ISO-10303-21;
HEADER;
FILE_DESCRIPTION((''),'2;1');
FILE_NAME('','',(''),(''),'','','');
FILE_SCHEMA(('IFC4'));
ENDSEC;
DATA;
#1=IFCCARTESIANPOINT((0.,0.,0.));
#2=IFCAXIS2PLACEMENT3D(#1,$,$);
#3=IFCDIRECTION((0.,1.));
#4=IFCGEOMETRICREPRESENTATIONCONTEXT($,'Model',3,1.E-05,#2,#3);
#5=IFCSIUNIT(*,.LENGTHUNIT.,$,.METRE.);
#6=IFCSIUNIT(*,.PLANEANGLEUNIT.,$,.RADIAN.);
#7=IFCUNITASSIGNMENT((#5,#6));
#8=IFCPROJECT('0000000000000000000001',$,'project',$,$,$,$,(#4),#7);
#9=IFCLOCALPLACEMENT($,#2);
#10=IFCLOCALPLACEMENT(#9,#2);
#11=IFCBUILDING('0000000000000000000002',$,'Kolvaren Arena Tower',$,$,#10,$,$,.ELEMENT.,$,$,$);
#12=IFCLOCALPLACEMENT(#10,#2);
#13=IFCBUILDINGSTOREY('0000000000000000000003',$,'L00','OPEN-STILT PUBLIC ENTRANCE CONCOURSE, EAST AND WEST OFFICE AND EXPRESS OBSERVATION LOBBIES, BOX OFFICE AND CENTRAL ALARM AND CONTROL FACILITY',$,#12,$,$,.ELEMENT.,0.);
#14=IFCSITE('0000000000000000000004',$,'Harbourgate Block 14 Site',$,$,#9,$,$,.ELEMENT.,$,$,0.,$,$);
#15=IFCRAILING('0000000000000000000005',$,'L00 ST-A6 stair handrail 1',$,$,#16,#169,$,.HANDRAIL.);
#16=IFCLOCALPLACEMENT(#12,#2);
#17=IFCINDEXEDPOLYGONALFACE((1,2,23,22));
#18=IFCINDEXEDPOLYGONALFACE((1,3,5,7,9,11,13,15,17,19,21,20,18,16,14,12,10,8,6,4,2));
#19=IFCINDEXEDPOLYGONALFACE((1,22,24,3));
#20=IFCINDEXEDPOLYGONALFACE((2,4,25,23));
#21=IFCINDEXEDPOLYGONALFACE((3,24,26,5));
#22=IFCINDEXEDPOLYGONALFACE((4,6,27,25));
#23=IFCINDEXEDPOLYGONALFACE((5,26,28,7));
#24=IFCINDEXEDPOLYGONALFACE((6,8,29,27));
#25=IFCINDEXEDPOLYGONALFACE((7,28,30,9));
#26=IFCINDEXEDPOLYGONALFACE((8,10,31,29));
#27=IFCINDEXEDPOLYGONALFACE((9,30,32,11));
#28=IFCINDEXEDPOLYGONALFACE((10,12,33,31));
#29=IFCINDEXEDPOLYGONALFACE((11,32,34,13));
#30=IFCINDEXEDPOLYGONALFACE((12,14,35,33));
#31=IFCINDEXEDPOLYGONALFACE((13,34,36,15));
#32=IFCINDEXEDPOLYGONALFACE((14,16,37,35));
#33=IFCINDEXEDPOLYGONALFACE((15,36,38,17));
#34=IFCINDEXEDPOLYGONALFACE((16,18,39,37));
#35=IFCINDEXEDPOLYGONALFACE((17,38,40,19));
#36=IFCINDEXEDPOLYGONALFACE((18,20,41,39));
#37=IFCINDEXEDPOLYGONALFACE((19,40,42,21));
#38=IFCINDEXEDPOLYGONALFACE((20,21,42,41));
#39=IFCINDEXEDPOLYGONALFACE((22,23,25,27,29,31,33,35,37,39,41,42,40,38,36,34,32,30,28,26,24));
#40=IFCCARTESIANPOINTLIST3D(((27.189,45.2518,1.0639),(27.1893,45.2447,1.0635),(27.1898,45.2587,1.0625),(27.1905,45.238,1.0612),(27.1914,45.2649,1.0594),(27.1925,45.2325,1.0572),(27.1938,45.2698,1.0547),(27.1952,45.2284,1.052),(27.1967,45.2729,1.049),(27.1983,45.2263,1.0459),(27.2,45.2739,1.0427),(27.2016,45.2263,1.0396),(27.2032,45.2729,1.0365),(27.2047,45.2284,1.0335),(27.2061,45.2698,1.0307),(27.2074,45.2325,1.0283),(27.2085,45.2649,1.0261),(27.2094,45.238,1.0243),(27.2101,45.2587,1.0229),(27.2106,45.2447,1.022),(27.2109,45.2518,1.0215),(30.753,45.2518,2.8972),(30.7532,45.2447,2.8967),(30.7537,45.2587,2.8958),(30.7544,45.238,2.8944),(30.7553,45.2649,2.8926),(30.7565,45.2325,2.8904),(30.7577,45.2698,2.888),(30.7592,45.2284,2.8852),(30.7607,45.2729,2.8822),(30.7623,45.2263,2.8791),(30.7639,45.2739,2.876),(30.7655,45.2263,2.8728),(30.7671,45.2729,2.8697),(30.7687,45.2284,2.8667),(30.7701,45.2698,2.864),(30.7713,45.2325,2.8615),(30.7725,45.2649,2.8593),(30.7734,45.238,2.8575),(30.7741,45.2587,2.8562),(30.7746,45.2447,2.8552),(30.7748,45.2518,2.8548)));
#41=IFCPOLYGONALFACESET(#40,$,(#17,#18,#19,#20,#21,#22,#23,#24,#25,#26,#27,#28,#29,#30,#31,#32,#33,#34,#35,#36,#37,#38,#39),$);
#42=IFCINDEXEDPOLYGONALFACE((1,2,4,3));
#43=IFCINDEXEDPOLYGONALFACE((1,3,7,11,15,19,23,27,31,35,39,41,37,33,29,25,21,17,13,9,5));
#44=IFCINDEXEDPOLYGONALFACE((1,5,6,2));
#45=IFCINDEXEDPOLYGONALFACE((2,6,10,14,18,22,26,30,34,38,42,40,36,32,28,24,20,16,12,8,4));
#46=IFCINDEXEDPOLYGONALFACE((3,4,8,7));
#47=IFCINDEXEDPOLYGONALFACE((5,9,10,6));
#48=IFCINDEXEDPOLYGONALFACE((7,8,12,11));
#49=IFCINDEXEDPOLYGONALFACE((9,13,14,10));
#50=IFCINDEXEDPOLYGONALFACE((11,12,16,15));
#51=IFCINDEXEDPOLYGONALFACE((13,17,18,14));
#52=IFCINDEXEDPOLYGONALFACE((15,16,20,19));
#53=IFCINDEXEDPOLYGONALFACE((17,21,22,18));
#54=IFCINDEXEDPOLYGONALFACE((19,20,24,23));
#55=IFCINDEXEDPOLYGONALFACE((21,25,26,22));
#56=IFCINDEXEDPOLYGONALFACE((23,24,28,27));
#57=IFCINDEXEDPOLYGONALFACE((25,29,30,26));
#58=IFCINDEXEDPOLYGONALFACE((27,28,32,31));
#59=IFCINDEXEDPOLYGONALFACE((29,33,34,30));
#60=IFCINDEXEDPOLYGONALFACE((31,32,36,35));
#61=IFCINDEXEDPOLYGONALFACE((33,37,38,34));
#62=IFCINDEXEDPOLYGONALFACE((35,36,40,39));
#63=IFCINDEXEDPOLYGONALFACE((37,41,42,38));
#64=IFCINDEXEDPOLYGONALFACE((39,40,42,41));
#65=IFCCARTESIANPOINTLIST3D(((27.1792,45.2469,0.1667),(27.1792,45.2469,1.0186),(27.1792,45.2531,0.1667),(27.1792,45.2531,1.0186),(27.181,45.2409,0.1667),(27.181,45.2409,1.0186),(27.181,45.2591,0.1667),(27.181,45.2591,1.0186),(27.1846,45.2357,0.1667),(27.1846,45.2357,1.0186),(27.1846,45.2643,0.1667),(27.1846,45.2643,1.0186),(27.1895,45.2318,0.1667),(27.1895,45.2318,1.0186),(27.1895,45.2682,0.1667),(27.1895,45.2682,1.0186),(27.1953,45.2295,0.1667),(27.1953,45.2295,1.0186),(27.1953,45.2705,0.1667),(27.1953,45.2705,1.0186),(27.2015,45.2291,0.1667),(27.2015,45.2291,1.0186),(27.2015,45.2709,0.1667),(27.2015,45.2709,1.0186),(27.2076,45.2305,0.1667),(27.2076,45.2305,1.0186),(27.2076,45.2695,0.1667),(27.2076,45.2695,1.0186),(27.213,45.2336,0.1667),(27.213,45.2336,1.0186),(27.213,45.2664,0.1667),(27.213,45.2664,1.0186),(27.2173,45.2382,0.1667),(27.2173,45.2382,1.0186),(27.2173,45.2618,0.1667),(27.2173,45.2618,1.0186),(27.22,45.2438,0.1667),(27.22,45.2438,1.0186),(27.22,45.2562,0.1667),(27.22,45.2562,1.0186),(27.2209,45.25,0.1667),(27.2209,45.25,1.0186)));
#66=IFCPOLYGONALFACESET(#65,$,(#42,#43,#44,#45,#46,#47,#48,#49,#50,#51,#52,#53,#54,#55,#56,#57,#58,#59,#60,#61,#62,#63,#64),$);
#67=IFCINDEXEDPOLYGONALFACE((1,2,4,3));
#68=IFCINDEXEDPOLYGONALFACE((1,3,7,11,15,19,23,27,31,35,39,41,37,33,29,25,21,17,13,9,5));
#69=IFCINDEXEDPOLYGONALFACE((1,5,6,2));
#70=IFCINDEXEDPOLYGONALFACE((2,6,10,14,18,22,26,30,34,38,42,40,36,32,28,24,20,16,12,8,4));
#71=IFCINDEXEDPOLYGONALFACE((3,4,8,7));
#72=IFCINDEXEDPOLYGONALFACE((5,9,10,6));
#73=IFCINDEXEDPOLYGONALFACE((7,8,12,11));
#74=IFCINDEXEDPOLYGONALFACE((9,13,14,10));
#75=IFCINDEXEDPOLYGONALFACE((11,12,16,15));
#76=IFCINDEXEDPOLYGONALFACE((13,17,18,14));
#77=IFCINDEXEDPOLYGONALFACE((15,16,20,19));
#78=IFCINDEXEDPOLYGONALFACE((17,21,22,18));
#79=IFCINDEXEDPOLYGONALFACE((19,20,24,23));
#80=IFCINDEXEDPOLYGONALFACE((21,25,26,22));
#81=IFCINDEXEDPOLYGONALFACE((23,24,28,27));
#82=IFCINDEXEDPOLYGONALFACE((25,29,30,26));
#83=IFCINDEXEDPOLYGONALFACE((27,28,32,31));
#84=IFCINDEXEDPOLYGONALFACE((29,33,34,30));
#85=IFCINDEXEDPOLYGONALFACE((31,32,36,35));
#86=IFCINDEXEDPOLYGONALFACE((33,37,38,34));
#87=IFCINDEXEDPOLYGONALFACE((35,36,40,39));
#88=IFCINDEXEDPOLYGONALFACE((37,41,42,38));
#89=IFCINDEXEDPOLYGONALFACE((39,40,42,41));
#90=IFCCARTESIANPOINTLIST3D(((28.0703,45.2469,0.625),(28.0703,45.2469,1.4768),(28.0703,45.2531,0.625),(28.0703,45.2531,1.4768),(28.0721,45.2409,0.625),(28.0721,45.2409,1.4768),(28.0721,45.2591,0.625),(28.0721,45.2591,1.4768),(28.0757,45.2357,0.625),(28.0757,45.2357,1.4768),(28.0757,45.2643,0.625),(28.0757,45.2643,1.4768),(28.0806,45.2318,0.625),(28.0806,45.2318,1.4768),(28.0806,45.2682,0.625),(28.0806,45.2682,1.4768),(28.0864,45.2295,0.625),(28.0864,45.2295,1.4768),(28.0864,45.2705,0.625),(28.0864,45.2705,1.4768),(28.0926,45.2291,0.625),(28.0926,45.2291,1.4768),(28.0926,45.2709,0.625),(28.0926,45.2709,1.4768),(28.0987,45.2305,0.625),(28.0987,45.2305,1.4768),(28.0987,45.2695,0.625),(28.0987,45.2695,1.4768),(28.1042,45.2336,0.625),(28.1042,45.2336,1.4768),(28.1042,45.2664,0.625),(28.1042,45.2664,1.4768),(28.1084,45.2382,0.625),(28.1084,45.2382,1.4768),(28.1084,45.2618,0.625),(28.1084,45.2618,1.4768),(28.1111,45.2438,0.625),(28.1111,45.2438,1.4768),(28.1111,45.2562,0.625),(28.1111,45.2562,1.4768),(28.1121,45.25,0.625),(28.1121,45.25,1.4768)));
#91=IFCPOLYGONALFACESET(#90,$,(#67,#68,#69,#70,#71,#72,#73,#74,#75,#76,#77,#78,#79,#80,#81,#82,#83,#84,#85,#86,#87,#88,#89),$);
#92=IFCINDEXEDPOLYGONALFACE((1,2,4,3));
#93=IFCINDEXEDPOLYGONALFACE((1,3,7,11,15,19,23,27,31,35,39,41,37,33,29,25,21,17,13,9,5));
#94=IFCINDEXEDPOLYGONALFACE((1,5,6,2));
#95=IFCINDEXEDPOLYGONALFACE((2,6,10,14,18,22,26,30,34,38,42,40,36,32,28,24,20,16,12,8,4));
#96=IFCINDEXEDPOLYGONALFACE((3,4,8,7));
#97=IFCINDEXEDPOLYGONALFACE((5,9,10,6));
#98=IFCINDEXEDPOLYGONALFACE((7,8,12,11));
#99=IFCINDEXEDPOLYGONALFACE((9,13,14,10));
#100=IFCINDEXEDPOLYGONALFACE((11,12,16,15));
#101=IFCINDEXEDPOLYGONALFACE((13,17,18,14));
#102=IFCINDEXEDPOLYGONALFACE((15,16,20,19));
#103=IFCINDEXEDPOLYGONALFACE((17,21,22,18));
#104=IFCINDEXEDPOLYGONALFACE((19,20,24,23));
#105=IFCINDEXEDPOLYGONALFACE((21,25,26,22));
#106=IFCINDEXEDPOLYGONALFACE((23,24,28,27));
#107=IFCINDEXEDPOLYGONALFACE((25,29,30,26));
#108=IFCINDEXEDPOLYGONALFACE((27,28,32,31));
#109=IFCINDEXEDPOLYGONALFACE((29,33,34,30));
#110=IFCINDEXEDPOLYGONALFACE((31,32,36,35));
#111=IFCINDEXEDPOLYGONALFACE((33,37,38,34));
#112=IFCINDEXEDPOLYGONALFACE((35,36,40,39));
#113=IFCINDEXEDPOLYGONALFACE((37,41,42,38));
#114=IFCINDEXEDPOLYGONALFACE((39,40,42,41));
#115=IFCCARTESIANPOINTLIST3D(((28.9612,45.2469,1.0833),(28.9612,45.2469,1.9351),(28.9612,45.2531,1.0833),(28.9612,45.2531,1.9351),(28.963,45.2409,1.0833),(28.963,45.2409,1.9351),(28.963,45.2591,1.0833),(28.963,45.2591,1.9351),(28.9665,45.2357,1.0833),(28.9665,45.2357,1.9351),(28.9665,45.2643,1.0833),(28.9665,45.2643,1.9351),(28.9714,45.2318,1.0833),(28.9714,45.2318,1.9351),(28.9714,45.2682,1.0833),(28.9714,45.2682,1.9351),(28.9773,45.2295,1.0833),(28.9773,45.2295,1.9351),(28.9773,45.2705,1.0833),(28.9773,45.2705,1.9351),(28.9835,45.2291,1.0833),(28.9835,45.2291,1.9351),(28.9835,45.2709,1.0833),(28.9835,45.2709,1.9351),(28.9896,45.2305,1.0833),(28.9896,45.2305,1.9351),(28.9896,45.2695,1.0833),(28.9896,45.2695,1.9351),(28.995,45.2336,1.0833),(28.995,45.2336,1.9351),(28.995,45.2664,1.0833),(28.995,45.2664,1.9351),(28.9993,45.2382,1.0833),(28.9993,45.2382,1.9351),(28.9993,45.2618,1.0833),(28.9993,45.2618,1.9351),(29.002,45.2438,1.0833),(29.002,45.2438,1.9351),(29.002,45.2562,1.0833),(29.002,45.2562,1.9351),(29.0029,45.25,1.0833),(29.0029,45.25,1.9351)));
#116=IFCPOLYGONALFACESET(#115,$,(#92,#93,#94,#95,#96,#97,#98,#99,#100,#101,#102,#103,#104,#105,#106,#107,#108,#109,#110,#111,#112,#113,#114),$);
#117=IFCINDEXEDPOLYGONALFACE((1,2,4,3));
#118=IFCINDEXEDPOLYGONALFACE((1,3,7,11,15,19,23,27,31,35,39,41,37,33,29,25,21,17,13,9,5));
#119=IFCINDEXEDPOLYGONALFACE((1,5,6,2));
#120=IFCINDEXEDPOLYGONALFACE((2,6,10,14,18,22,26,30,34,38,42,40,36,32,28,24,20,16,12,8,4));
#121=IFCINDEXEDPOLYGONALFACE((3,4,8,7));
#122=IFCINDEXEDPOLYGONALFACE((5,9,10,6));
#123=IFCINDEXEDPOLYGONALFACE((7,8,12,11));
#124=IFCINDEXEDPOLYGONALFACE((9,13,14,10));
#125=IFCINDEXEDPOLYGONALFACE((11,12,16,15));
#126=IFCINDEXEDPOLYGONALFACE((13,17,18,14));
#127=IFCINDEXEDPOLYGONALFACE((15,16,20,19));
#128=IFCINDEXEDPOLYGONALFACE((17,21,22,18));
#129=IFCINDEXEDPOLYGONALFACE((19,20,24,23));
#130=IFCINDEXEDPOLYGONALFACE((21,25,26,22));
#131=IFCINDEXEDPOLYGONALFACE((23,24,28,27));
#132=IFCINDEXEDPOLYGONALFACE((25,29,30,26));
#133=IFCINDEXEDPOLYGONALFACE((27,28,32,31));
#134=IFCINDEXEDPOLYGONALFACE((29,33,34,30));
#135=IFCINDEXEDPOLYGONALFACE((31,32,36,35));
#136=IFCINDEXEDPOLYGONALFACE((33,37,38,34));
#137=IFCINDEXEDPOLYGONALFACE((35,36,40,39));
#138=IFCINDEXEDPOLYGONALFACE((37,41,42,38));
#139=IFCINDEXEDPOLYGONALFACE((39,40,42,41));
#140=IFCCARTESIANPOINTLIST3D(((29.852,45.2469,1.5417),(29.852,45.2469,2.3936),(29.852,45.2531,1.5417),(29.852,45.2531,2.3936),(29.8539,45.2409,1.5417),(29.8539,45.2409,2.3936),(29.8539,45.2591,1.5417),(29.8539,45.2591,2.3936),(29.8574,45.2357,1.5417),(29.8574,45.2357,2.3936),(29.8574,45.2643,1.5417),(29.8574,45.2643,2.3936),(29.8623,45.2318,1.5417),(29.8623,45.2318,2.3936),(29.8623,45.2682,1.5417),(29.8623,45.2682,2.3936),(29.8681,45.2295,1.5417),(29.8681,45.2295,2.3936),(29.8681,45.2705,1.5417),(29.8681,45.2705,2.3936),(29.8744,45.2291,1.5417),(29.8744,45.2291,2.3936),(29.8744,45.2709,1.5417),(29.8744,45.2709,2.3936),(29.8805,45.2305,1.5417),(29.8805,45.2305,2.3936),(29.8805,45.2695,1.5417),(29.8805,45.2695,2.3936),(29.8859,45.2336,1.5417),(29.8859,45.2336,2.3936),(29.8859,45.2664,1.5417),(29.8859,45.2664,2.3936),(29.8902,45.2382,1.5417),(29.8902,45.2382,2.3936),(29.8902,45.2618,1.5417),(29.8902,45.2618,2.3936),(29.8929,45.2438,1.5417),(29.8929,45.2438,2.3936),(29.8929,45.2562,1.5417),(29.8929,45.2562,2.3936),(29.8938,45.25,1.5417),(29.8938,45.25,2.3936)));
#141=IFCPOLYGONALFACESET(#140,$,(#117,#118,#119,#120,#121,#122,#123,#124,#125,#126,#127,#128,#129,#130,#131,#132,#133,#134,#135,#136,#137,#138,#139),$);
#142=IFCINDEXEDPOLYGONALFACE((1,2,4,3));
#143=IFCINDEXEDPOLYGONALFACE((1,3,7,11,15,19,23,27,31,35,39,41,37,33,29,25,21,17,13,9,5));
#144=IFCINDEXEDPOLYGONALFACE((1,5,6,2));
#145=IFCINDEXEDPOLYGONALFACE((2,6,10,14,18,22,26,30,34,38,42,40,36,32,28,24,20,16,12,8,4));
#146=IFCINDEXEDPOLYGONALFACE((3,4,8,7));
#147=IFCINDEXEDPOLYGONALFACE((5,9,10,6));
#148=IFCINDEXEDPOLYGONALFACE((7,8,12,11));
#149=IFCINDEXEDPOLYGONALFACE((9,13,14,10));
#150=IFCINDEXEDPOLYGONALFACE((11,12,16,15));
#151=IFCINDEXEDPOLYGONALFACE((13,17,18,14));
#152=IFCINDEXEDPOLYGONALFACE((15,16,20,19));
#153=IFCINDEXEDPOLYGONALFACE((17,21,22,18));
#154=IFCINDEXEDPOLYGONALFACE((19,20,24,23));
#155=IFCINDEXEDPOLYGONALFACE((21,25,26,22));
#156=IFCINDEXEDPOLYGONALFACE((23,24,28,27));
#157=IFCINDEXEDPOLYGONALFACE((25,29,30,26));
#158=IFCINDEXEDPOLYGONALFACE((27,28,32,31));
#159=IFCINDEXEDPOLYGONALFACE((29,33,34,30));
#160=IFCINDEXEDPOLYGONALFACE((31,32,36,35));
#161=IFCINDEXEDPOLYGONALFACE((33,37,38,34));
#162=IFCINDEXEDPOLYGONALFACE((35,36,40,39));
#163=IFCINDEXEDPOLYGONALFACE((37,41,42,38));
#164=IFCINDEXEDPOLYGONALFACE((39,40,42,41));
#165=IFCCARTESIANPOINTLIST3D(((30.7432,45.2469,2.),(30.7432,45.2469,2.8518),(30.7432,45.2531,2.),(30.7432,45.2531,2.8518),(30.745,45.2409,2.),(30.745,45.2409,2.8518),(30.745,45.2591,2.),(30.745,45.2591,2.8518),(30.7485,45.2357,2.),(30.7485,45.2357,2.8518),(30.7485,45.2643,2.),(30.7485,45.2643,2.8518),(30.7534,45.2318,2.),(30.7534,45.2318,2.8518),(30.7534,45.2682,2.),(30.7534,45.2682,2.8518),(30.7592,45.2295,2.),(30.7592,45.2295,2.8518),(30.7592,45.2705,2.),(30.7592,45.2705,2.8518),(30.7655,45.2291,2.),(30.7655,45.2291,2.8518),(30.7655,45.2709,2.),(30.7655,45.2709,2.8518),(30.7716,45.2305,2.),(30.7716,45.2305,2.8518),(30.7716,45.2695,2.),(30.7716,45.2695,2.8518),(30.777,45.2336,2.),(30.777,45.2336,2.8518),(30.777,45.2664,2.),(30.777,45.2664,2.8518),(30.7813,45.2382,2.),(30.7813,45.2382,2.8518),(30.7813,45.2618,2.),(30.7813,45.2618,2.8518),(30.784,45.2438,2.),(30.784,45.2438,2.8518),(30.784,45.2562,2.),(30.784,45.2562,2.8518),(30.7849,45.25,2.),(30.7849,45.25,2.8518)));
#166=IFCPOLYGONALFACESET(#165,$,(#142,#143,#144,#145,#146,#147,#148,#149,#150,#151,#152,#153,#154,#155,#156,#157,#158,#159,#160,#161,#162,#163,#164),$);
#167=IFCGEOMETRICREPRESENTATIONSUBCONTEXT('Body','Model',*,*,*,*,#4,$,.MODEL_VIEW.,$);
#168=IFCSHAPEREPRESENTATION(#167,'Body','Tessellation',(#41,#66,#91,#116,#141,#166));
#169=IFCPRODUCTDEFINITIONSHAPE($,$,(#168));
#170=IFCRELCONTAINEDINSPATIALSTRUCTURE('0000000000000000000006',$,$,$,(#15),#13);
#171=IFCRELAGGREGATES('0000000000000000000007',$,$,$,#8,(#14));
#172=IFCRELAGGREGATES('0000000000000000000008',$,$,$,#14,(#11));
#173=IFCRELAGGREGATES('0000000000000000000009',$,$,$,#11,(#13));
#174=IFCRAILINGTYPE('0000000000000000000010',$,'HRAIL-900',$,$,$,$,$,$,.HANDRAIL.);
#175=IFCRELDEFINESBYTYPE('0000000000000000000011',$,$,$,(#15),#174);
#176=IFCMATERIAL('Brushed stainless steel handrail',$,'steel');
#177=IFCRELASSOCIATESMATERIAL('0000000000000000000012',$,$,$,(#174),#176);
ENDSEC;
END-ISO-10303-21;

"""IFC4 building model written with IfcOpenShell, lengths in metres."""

from ifc_helpers import new_model, si_unit, direction, frame, origin, origin_2d, place, context, subcontext, project, spatial, circle, extrude, material, type_object, element, save


model = new_model("IFC4")

# Units and contexts
model_context = context("Model", 3, precision=1e-05, world=origin(), true_north=direction((0.0, 1.0)))
body_context = subcontext(model_context, "Body", "Model", "MODEL_VIEW")
ifc_project = project(units=[si_unit("LENGTHUNIT", "METRE"), si_unit("PLANEANGLEUNIT", "RADIAN")], contexts=[model_context])

# Site, building, storey
site_placement = place(None, origin())
site = spatial("IfcSite", under=ifc_project, at=site_placement, Name="Harbourgate Block 14 Site", CompositionType="ELEMENT", RefElevation=0.0)
building_placement = place(site_placement, origin())
building = spatial("IfcBuilding", under=site, at=building_placement, Name="Kolvaren Arena Tower", CompositionType="ELEMENT")
storey_placement = place(building_placement, origin())
storey = spatial("IfcBuildingStorey", under=building, at=storey_placement, Name="L00", Description="OPEN-STILT PUBLIC ENTRANCE CONCOURSE, EAST AND WEST OFFICE AND EXPRESS OBSERVATION LOBBIES, BOX OFFICE AND CENTRAL ALARM AND CONTROL FACILITY", CompositionType="ELEMENT", Elevation=0.0)

# Railing
ifc_material_1 = material(Name="Brushed stainless steel handrail", Category="steel")
railing_type_1 = type_object("IfcRailingType", Name="HRAIL-900", PredefinedType="HANDRAIL", material=ifc_material_1)
railing_1_placement = place(storey_placement, frame((27.2, 45.25, 0.1667)))
element("IfcRailing", 1, at=railing_1_placement, inside=storey, type_object=railing_type_1, Name="L00 ST-A6 stair handrail 1", PredefinedType="HANDRAIL", context=body_context, shape_type="SweptSolid", body=[
    extrude(circle(Radius=0.0239, at=origin_2d()), frame((0.0, 0.0, 0.876), z_axis=(0.889252, 0.0, 0.457418), x_axis=(0.0, 1.0, 0.0)), (0.0, 0.0, 1.0), 4.0078),
    extrude(circle(Radius=0.021, at=origin_2d()), origin(), (0.0, 0.0, 1.0), 0.8518),
    extrude(circle(Radius=0.021, at=origin_2d()), frame((0.8911, 0.0, 0.4583)), (0.0, 0.0, 1.0), 0.8518),
    extrude(circle(Radius=0.021, at=origin_2d()), frame((1.782, 0.0, 0.9165)), (0.0, 0.0, 1.0), 0.8518),
    extrude(circle(Radius=0.021, at=origin_2d()), frame((2.6729, 0.0, 1.375)), (0.0, 0.0, 1.0), 0.8518),
    extrude(circle(Radius=0.021, at=origin_2d()), frame((3.564, 0.0, 1.8333)), (0.0, 0.0, 1.0), 0.8518),
])

save(model, "model.ifc")
